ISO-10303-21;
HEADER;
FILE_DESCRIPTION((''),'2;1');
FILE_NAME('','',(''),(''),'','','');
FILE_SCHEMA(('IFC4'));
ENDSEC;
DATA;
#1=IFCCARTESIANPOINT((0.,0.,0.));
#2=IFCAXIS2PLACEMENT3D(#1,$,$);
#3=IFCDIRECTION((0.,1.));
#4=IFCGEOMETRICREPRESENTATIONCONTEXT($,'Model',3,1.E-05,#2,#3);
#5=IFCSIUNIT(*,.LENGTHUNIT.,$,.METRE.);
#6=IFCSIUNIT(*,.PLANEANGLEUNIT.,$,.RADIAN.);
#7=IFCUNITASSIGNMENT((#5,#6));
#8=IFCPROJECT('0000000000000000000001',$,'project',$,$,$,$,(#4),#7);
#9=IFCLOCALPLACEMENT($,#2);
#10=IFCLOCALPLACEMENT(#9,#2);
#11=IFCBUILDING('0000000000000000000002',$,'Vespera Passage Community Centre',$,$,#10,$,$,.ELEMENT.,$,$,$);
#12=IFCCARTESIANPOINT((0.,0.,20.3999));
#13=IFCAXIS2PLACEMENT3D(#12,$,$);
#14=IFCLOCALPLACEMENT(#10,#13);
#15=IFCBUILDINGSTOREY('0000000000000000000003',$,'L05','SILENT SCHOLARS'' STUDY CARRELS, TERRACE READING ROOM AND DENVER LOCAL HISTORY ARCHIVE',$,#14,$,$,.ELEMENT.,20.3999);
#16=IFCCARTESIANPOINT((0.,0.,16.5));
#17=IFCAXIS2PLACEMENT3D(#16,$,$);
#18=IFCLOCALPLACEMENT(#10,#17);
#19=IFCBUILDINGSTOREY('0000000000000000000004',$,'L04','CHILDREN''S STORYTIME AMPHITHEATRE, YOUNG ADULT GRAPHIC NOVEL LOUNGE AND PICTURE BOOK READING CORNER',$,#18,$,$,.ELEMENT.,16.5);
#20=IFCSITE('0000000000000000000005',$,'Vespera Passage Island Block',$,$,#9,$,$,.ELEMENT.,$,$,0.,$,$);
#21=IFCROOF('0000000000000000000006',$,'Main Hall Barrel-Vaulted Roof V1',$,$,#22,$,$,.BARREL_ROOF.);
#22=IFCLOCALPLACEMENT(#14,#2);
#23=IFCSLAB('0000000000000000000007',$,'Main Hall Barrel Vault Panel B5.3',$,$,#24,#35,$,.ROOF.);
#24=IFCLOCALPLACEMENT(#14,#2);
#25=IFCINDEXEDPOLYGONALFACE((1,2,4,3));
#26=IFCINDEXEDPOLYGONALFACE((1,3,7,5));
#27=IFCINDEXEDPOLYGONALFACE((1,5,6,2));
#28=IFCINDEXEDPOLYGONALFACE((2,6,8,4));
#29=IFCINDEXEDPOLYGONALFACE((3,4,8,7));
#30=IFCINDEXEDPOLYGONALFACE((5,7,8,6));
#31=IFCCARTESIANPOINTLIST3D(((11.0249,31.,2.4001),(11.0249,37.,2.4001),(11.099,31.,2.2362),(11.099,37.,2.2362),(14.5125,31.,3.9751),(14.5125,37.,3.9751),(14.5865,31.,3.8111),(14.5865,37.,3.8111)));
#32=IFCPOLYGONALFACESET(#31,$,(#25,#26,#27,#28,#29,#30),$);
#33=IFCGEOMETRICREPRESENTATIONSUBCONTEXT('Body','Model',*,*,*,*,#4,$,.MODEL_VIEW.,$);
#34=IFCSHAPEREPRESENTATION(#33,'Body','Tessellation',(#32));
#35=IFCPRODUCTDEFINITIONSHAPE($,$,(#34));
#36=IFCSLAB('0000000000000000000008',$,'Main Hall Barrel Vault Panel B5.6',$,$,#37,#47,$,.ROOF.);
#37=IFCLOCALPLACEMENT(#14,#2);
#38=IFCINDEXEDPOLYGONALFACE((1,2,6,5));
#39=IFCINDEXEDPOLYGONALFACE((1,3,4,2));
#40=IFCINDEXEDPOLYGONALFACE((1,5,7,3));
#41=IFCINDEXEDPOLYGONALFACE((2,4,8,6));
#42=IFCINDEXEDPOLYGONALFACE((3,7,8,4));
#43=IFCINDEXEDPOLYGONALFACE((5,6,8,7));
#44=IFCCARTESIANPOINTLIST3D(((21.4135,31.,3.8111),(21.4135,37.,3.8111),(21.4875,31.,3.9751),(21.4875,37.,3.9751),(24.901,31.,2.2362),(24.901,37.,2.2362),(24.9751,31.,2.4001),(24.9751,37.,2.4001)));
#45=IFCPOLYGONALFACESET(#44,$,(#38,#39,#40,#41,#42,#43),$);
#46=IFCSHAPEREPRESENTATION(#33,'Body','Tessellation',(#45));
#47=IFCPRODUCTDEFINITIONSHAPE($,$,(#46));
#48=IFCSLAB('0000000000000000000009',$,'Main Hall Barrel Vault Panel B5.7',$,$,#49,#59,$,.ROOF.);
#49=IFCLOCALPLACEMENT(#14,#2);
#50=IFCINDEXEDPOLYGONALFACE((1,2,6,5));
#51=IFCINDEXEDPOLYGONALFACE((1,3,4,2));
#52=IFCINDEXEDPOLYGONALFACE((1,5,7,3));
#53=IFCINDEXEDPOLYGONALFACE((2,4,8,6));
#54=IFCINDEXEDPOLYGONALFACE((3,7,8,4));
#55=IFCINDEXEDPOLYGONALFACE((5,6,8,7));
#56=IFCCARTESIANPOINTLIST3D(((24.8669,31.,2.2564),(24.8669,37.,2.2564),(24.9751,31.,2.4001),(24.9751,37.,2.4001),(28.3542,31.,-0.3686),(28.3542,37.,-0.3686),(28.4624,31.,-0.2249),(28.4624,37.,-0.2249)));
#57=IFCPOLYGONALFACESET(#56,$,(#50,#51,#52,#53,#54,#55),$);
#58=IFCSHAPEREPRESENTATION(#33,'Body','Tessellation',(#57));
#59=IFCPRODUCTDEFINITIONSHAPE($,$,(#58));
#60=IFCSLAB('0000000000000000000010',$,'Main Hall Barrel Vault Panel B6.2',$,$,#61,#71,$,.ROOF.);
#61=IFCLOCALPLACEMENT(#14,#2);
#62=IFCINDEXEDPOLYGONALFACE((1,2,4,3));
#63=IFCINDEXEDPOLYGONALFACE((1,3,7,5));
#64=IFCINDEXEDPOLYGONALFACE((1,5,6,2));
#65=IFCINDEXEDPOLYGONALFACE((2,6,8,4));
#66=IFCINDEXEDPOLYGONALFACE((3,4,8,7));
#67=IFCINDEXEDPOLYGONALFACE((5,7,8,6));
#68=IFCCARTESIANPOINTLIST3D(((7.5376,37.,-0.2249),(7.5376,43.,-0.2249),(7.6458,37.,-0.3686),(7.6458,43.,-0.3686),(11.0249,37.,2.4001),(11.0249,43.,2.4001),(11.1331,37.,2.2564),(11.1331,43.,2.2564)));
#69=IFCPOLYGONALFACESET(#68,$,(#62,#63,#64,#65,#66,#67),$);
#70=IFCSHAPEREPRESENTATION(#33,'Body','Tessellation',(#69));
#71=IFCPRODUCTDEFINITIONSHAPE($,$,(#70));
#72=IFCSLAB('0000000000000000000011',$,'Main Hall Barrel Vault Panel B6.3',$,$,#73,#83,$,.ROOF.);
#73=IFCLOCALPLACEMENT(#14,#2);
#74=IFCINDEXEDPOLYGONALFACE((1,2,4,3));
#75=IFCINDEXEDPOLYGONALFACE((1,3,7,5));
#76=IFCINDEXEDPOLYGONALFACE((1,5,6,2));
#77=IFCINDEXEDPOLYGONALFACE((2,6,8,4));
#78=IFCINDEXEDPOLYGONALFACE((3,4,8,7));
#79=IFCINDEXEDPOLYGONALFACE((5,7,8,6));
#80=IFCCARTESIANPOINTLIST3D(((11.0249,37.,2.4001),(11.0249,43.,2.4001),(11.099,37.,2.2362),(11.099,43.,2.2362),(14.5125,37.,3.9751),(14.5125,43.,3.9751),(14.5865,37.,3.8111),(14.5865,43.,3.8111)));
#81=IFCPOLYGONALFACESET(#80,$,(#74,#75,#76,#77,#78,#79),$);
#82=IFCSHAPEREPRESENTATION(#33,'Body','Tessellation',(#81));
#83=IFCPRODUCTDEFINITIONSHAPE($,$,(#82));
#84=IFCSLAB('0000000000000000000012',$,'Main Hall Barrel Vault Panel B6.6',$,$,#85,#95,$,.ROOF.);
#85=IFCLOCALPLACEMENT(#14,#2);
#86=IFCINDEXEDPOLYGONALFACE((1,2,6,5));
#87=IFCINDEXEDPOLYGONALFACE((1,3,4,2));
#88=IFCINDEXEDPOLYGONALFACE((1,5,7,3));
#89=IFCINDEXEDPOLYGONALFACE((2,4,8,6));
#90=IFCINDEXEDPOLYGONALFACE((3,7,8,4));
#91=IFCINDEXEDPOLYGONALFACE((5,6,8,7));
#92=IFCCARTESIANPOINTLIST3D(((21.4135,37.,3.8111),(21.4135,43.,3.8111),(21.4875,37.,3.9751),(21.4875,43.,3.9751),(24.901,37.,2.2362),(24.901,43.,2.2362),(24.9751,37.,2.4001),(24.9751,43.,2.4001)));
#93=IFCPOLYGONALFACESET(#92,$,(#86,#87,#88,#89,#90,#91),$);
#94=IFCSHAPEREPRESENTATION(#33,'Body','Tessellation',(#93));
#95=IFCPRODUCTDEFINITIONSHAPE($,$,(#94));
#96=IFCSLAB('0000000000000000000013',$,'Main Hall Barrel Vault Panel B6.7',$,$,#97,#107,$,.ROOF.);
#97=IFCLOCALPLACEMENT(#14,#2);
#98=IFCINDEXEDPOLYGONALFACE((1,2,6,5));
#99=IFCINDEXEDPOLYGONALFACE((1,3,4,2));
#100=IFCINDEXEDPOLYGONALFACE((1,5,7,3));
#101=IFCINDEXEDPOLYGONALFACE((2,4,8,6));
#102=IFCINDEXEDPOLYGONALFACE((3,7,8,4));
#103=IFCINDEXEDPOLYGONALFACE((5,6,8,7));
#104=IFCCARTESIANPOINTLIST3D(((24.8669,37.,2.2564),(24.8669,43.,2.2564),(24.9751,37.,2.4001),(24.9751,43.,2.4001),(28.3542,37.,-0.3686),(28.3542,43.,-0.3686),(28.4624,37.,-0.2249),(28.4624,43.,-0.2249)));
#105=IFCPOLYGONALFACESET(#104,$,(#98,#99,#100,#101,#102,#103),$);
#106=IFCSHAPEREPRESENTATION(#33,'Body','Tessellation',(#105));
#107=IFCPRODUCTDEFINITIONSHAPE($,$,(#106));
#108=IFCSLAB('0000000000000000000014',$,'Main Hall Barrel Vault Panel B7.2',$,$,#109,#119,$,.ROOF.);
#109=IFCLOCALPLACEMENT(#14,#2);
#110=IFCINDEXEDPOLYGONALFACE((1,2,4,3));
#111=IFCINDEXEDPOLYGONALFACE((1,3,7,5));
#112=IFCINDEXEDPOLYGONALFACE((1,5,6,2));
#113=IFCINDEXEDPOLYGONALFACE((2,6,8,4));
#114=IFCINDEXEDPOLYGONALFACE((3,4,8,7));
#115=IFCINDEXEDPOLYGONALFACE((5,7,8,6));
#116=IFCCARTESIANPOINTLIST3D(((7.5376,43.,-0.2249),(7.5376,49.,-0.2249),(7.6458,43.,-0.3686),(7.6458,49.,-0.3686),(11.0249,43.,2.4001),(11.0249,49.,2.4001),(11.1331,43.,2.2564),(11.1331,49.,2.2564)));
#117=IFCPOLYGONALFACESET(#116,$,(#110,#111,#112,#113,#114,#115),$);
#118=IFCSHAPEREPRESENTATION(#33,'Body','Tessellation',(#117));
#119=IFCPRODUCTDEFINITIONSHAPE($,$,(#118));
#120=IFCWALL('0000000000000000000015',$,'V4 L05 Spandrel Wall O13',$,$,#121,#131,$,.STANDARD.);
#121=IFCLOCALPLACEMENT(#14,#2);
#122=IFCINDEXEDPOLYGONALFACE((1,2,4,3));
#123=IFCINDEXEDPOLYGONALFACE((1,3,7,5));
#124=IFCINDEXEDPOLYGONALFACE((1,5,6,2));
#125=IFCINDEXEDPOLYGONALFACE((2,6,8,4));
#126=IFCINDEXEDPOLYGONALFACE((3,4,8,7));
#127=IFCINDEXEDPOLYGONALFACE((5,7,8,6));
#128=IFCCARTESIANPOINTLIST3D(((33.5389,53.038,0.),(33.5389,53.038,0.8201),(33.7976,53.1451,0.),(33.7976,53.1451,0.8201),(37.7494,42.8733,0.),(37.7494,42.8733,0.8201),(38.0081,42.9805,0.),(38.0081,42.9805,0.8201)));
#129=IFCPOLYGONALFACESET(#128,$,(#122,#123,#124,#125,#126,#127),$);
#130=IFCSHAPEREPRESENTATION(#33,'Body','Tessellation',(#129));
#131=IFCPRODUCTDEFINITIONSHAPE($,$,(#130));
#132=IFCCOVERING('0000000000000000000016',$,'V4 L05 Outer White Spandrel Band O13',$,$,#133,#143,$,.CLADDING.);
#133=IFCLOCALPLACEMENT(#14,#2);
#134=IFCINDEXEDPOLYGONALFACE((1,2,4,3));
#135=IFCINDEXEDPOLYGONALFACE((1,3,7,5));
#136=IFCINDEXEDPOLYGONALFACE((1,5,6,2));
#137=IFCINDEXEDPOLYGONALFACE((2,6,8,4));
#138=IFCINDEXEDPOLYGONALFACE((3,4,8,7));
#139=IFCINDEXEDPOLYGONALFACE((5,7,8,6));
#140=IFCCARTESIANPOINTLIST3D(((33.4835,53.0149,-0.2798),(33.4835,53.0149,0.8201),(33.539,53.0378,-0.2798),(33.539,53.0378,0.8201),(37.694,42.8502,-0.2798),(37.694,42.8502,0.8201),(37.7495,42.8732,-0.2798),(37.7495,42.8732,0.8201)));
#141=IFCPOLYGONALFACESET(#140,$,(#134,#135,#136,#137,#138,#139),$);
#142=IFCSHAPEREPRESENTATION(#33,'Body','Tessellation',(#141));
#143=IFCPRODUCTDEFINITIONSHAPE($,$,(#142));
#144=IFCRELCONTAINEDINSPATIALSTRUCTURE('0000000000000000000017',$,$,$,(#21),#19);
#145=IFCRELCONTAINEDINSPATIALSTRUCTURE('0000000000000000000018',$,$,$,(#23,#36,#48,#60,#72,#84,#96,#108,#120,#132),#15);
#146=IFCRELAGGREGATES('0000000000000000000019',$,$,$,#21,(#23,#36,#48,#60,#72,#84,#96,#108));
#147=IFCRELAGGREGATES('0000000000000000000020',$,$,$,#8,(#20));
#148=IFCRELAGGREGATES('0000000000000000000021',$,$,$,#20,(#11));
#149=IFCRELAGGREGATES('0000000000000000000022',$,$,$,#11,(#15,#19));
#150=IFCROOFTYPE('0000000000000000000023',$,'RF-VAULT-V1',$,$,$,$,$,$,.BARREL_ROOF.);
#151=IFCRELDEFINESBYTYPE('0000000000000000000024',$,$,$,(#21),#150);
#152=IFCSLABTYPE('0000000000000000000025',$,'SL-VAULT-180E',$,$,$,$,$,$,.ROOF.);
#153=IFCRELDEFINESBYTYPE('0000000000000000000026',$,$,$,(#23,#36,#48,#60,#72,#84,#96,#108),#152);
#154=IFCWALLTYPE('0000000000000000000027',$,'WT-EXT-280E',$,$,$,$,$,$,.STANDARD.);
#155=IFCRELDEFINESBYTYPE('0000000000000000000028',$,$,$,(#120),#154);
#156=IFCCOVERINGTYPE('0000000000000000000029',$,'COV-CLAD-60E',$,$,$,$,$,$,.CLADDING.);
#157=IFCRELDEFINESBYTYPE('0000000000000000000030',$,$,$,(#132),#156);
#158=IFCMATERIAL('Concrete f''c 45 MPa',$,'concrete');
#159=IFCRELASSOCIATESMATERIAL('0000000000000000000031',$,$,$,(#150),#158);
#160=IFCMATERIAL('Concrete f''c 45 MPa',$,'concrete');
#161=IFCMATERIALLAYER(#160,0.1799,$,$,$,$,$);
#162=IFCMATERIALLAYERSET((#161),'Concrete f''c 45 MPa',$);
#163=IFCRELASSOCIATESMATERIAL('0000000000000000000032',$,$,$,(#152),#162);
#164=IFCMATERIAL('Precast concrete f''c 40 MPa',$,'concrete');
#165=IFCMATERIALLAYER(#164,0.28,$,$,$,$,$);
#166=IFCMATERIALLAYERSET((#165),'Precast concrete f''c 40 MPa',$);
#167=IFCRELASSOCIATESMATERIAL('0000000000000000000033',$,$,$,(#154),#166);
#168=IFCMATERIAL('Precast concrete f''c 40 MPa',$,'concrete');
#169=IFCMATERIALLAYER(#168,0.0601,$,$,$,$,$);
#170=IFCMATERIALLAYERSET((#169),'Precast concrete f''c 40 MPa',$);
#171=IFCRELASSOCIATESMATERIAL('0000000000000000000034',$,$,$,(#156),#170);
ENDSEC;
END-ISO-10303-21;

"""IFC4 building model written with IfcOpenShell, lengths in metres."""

from ifc_helpers import new_model, si_unit, direction, frame, frame_2d, origin, place, context, subcontext, project, spatial, polyline, rectangle, outline, extrude, material, layer, layer_set, type_object, element, aggregate, save


model = new_model("IFC4")

# Units and contexts
model_context = context("Model", 3, precision=1e-05, world=origin(), true_north=direction((0.0, 1.0)))
body_context = subcontext(model_context, "Body", "Model", "MODEL_VIEW")
ifc_project = project(units=[si_unit("LENGTHUNIT", "METRE"), si_unit("PLANEANGLEUNIT", "RADIAN")], contexts=[model_context])

# Site, building, storey
site_placement = place(None, origin())
site = spatial("IfcSite", under=ifc_project, at=site_placement, Name="Vespera Passage Island Block", CompositionType="ELEMENT", RefElevation=0.0)
building_placement = place(site_placement, origin())
building = spatial("IfcBuilding", under=site, at=building_placement, Name="Vespera Passage Community Centre", CompositionType="ELEMENT")
storey_1_placement = place(building_placement, frame((0.0, 0.0, 20.3999)))
storey_1 = spatial("IfcBuildingStorey", under=building, at=storey_1_placement, Name="L05", Description="SILENT SCHOLARS' STUDY CARRELS, TERRACE READING ROOM AND DENVER LOCAL HISTORY ARCHIVE", CompositionType="ELEMENT", Elevation=20.3999)

# Shared definitions
storey_2_placement = place(building_placement, frame((0.0, 0.0, 16.5)))
storey_2 = spatial("IfcBuildingStorey", under=building, at=storey_2_placement, Name="L04", Description="CHILDREN'S STORYTIME AMPHITHEATRE, YOUNG ADULT GRAPHIC NOVEL LOUNGE AND PICTURE BOOK READING CORNER", CompositionType="ELEMENT", Elevation=16.5)

# Roof, slabs
ifc_material_1 = material(Name="Concrete f'c 45 MPa", Category="concrete")
roof_type = type_object("IfcRoofType", Name="RF-VAULT-V1", PredefinedType="BARREL_ROOF", material=ifc_material_1)
roof_placement = place(storey_2_placement, origin())
roof = element("IfcRoof", 1, at=roof_placement, inside=storey_2, type_object=roof_type, Name="Main Hall Barrel-Vaulted Roof V1", PredefinedType="BARREL_ROOF")
ifc_material_2 = material(Name="Concrete f'c 45 MPa", Category="concrete")
ifc_layer_1 = layer(ifc_material_2, 0.1799)
ifc_layer_set_1 = layer_set([ifc_layer_1], Name="Concrete f'c 45 MPa")
slab_type = type_object("IfcSlabType", Name="SL-VAULT-180E", PredefinedType="ROOF", material=ifc_layer_set_1)
slab_1_placement = place(storey_1_placement, frame((11.0249, 31.0, 2.4001), z_axis=(-0.411571, 0.0, 0.911378), x_axis=(0.911378, 0.0, 0.411571)))
slab_1 = element("IfcSlab", 2, at=slab_1_placement, inside=storey_1, type_object=slab_type, Name="Main Hall Barrel Vault Panel B5.3", PredefinedType="ROOF", context=body_context, shape_type="SweptSolid", body=[
    extrude(outline(polyline([(0.0, 0.0), (3.8267, 0.0), (3.8267, 6.0), (0.0, 6.0), (0.0, 0.0)])), origin(), (0.0, 0.0, -1.0), 0.1799),
])
slab_2_placement = place(storey_1_placement, frame((21.4875, 31.0, 3.9751), z_axis=(0.411571, 0.0, 0.911378), x_axis=(0.911378, 0.0, -0.411571)))
slab_2 = element("IfcSlab", 3, at=slab_2_placement, inside=storey_1, type_object=slab_type, Name="Main Hall Barrel Vault Panel B5.6", PredefinedType="ROOF", context=body_context, shape_type="SweptSolid", body=[
    extrude(outline(polyline([(0.0, 0.0), (3.8267, 0.0), (3.8267, 6.0), (0.0, 6.0), (0.0, 0.0)])), origin(), (0.0, 0.0, -1.0), 0.1799),
])
slab_3_placement = place(storey_1_placement, frame((24.9751, 31.0, 2.4001), z_axis=(0.601395, 0.0, 0.798952), x_axis=(0.798952, 0.0, -0.601395)))
slab_3 = element("IfcSlab", 4, at=slab_3_placement, inside=storey_1, type_object=slab_type, Name="Main Hall Barrel Vault Panel B5.7", PredefinedType="ROOF", context=body_context, shape_type="SweptSolid", body=[
    extrude(outline(polyline([(0.0, 0.0), (4.3649, 0.0), (4.3649, 6.0), (0.0, 6.0), (0.0, 0.0)])), origin(), (0.0, 0.0, -1.0), 0.1799),
])
slab_4_placement = place(storey_1_placement, frame((7.5376, 37.0, -0.2249), z_axis=(-0.601395, 0.0, 0.798952), x_axis=(0.798952, 0.0, 0.601395)))
slab_4 = element("IfcSlab", 5, at=slab_4_placement, inside=storey_1, type_object=slab_type, Name="Main Hall Barrel Vault Panel B6.2", PredefinedType="ROOF", context=body_context, shape_type="SweptSolid", body=[
    extrude(outline(polyline([(0.0, 0.0), (4.3649, 0.0), (4.3649, 6.0), (0.0, 6.0), (0.0, 0.0)])), origin(), (0.0, 0.0, -1.0), 0.1799),
])
slab_5_placement = place(storey_1_placement, frame((11.0249, 37.0, 2.4001), z_axis=(-0.411571, 0.0, 0.911378), x_axis=(0.911378, 0.0, 0.411571)))
slab_5 = element("IfcSlab", 6, at=slab_5_placement, inside=storey_1, type_object=slab_type, Name="Main Hall Barrel Vault Panel B6.3", PredefinedType="ROOF", context=body_context, shape_type="SweptSolid", body=[
    extrude(outline(polyline([(0.0, 0.0), (3.8267, 0.0), (3.8267, 6.0), (0.0, 6.0), (0.0, 0.0)])), origin(), (0.0, 0.0, -1.0), 0.1799),
])
slab_6_placement = place(storey_1_placement, frame((21.4875, 37.0, 3.9751), z_axis=(0.411571, 0.0, 0.911378), x_axis=(0.911378, 0.0, -0.411571)))
slab_6 = element("IfcSlab", 7, at=slab_6_placement, inside=storey_1, type_object=slab_type, Name="Main Hall Barrel Vault Panel B6.6", PredefinedType="ROOF", context=body_context, shape_type="SweptSolid", body=[
    extrude(outline(polyline([(0.0, 0.0), (3.8267, 0.0), (3.8267, 6.0), (0.0, 6.0), (0.0, 0.0)])), origin(), (0.0, 0.0, -1.0), 0.1799),
])
slab_7_placement = place(storey_1_placement, frame((24.9751, 37.0, 2.4001), z_axis=(0.601395, 0.0, 0.798952), x_axis=(0.798952, 0.0, -0.601395)))
slab_7 = element("IfcSlab", 8, at=slab_7_placement, inside=storey_1, type_object=slab_type, Name="Main Hall Barrel Vault Panel B6.7", PredefinedType="ROOF", context=body_context, shape_type="SweptSolid", body=[
    extrude(outline(polyline([(0.0, 0.0), (4.3649, 0.0), (4.3649, 6.0), (0.0, 6.0), (0.0, 0.0)])), origin(), (0.0, 0.0, -1.0), 0.1799),
])
slab_8_placement = place(storey_1_placement, frame((7.5376, 43.0, -0.2249), z_axis=(-0.601395, 0.0, 0.798952), x_axis=(0.798952, 0.0, 0.601395)))
slab_8 = element("IfcSlab", 9, at=slab_8_placement, inside=storey_1, type_object=slab_type, Name="Main Hall Barrel Vault Panel B7.2", PredefinedType="ROOF", context=body_context, shape_type="SweptSolid", body=[
    extrude(outline(polyline([(0.0, 0.0), (4.3649, 0.0), (4.3649, 6.0), (0.0, 6.0), (0.0, 0.0)])), origin(), (0.0, 0.0, -1.0), 0.1799),
])
aggregate(roof, [slab_1, slab_2, slab_3, slab_4, slab_5, slab_6, slab_7, slab_8])

# Wall
ifc_material_3 = material(Name="Precast concrete f'c 40 MPa", Category="concrete")
ifc_layer_2 = layer(ifc_material_3, 0.28)
ifc_layer_set_2 = layer_set([ifc_layer_2], Name="Precast concrete f'c 40 MPa")
wall_type = type_object("IfcWallType", Name="WT-EXT-280E", PredefinedType="STANDARD", material=ifc_layer_set_2)
wall_placement = place(storey_1_placement, frame((37.8787, 42.927, 0.0), z_axis=(0.0, 0.0, 1.0), x_axis=(-0.382695, 0.923875, 0.0)))
element("IfcWall", 10, at=wall_placement, inside=storey_1, type_object=wall_type, Name="V4 L05 Spandrel Wall O13", PredefinedType="STANDARD", context=body_context, shape_type="SweptSolid", body=[
    extrude(rectangle(XDim=11.0022, YDim=0.28, at=frame_2d((5.501, 0.0))), origin(), (0.0, 0.0, 1.0), 0.8201),
])

# Covering
ifc_material_4 = material(Name="Precast concrete f'c 40 MPa", Category="concrete")
ifc_layer_3 = layer(ifc_material_4, 0.0601)
ifc_layer_set_3 = layer_set([ifc_layer_3], Name="Precast concrete f'c 40 MPa")
covering_type = type_object("IfcCoveringType", Name="COV-CLAD-60E", PredefinedType="CLADDING", material=ifc_layer_set_3)
covering_placement = place(storey_1_placement, frame((37.7217, 42.8618, -0.2798), z_axis=(0.0, 0.0, 1.0), x_axis=(-0.382695, 0.923875, 0.0)))
element("IfcCovering", 11, at=covering_placement, inside=storey_1, type_object=covering_type, Name="V4 L05 Outer White Spandrel Band O13", PredefinedType="CLADDING", context=body_context, shape_type="SweptSolid", body=[
    extrude(rectangle(XDim=11.0022, YDim=0.0601, at=frame_2d((5.501, 0.0))), origin(), (0.0, 0.0, 1.0), 1.0999),
])

save(model, "model.ifc")
